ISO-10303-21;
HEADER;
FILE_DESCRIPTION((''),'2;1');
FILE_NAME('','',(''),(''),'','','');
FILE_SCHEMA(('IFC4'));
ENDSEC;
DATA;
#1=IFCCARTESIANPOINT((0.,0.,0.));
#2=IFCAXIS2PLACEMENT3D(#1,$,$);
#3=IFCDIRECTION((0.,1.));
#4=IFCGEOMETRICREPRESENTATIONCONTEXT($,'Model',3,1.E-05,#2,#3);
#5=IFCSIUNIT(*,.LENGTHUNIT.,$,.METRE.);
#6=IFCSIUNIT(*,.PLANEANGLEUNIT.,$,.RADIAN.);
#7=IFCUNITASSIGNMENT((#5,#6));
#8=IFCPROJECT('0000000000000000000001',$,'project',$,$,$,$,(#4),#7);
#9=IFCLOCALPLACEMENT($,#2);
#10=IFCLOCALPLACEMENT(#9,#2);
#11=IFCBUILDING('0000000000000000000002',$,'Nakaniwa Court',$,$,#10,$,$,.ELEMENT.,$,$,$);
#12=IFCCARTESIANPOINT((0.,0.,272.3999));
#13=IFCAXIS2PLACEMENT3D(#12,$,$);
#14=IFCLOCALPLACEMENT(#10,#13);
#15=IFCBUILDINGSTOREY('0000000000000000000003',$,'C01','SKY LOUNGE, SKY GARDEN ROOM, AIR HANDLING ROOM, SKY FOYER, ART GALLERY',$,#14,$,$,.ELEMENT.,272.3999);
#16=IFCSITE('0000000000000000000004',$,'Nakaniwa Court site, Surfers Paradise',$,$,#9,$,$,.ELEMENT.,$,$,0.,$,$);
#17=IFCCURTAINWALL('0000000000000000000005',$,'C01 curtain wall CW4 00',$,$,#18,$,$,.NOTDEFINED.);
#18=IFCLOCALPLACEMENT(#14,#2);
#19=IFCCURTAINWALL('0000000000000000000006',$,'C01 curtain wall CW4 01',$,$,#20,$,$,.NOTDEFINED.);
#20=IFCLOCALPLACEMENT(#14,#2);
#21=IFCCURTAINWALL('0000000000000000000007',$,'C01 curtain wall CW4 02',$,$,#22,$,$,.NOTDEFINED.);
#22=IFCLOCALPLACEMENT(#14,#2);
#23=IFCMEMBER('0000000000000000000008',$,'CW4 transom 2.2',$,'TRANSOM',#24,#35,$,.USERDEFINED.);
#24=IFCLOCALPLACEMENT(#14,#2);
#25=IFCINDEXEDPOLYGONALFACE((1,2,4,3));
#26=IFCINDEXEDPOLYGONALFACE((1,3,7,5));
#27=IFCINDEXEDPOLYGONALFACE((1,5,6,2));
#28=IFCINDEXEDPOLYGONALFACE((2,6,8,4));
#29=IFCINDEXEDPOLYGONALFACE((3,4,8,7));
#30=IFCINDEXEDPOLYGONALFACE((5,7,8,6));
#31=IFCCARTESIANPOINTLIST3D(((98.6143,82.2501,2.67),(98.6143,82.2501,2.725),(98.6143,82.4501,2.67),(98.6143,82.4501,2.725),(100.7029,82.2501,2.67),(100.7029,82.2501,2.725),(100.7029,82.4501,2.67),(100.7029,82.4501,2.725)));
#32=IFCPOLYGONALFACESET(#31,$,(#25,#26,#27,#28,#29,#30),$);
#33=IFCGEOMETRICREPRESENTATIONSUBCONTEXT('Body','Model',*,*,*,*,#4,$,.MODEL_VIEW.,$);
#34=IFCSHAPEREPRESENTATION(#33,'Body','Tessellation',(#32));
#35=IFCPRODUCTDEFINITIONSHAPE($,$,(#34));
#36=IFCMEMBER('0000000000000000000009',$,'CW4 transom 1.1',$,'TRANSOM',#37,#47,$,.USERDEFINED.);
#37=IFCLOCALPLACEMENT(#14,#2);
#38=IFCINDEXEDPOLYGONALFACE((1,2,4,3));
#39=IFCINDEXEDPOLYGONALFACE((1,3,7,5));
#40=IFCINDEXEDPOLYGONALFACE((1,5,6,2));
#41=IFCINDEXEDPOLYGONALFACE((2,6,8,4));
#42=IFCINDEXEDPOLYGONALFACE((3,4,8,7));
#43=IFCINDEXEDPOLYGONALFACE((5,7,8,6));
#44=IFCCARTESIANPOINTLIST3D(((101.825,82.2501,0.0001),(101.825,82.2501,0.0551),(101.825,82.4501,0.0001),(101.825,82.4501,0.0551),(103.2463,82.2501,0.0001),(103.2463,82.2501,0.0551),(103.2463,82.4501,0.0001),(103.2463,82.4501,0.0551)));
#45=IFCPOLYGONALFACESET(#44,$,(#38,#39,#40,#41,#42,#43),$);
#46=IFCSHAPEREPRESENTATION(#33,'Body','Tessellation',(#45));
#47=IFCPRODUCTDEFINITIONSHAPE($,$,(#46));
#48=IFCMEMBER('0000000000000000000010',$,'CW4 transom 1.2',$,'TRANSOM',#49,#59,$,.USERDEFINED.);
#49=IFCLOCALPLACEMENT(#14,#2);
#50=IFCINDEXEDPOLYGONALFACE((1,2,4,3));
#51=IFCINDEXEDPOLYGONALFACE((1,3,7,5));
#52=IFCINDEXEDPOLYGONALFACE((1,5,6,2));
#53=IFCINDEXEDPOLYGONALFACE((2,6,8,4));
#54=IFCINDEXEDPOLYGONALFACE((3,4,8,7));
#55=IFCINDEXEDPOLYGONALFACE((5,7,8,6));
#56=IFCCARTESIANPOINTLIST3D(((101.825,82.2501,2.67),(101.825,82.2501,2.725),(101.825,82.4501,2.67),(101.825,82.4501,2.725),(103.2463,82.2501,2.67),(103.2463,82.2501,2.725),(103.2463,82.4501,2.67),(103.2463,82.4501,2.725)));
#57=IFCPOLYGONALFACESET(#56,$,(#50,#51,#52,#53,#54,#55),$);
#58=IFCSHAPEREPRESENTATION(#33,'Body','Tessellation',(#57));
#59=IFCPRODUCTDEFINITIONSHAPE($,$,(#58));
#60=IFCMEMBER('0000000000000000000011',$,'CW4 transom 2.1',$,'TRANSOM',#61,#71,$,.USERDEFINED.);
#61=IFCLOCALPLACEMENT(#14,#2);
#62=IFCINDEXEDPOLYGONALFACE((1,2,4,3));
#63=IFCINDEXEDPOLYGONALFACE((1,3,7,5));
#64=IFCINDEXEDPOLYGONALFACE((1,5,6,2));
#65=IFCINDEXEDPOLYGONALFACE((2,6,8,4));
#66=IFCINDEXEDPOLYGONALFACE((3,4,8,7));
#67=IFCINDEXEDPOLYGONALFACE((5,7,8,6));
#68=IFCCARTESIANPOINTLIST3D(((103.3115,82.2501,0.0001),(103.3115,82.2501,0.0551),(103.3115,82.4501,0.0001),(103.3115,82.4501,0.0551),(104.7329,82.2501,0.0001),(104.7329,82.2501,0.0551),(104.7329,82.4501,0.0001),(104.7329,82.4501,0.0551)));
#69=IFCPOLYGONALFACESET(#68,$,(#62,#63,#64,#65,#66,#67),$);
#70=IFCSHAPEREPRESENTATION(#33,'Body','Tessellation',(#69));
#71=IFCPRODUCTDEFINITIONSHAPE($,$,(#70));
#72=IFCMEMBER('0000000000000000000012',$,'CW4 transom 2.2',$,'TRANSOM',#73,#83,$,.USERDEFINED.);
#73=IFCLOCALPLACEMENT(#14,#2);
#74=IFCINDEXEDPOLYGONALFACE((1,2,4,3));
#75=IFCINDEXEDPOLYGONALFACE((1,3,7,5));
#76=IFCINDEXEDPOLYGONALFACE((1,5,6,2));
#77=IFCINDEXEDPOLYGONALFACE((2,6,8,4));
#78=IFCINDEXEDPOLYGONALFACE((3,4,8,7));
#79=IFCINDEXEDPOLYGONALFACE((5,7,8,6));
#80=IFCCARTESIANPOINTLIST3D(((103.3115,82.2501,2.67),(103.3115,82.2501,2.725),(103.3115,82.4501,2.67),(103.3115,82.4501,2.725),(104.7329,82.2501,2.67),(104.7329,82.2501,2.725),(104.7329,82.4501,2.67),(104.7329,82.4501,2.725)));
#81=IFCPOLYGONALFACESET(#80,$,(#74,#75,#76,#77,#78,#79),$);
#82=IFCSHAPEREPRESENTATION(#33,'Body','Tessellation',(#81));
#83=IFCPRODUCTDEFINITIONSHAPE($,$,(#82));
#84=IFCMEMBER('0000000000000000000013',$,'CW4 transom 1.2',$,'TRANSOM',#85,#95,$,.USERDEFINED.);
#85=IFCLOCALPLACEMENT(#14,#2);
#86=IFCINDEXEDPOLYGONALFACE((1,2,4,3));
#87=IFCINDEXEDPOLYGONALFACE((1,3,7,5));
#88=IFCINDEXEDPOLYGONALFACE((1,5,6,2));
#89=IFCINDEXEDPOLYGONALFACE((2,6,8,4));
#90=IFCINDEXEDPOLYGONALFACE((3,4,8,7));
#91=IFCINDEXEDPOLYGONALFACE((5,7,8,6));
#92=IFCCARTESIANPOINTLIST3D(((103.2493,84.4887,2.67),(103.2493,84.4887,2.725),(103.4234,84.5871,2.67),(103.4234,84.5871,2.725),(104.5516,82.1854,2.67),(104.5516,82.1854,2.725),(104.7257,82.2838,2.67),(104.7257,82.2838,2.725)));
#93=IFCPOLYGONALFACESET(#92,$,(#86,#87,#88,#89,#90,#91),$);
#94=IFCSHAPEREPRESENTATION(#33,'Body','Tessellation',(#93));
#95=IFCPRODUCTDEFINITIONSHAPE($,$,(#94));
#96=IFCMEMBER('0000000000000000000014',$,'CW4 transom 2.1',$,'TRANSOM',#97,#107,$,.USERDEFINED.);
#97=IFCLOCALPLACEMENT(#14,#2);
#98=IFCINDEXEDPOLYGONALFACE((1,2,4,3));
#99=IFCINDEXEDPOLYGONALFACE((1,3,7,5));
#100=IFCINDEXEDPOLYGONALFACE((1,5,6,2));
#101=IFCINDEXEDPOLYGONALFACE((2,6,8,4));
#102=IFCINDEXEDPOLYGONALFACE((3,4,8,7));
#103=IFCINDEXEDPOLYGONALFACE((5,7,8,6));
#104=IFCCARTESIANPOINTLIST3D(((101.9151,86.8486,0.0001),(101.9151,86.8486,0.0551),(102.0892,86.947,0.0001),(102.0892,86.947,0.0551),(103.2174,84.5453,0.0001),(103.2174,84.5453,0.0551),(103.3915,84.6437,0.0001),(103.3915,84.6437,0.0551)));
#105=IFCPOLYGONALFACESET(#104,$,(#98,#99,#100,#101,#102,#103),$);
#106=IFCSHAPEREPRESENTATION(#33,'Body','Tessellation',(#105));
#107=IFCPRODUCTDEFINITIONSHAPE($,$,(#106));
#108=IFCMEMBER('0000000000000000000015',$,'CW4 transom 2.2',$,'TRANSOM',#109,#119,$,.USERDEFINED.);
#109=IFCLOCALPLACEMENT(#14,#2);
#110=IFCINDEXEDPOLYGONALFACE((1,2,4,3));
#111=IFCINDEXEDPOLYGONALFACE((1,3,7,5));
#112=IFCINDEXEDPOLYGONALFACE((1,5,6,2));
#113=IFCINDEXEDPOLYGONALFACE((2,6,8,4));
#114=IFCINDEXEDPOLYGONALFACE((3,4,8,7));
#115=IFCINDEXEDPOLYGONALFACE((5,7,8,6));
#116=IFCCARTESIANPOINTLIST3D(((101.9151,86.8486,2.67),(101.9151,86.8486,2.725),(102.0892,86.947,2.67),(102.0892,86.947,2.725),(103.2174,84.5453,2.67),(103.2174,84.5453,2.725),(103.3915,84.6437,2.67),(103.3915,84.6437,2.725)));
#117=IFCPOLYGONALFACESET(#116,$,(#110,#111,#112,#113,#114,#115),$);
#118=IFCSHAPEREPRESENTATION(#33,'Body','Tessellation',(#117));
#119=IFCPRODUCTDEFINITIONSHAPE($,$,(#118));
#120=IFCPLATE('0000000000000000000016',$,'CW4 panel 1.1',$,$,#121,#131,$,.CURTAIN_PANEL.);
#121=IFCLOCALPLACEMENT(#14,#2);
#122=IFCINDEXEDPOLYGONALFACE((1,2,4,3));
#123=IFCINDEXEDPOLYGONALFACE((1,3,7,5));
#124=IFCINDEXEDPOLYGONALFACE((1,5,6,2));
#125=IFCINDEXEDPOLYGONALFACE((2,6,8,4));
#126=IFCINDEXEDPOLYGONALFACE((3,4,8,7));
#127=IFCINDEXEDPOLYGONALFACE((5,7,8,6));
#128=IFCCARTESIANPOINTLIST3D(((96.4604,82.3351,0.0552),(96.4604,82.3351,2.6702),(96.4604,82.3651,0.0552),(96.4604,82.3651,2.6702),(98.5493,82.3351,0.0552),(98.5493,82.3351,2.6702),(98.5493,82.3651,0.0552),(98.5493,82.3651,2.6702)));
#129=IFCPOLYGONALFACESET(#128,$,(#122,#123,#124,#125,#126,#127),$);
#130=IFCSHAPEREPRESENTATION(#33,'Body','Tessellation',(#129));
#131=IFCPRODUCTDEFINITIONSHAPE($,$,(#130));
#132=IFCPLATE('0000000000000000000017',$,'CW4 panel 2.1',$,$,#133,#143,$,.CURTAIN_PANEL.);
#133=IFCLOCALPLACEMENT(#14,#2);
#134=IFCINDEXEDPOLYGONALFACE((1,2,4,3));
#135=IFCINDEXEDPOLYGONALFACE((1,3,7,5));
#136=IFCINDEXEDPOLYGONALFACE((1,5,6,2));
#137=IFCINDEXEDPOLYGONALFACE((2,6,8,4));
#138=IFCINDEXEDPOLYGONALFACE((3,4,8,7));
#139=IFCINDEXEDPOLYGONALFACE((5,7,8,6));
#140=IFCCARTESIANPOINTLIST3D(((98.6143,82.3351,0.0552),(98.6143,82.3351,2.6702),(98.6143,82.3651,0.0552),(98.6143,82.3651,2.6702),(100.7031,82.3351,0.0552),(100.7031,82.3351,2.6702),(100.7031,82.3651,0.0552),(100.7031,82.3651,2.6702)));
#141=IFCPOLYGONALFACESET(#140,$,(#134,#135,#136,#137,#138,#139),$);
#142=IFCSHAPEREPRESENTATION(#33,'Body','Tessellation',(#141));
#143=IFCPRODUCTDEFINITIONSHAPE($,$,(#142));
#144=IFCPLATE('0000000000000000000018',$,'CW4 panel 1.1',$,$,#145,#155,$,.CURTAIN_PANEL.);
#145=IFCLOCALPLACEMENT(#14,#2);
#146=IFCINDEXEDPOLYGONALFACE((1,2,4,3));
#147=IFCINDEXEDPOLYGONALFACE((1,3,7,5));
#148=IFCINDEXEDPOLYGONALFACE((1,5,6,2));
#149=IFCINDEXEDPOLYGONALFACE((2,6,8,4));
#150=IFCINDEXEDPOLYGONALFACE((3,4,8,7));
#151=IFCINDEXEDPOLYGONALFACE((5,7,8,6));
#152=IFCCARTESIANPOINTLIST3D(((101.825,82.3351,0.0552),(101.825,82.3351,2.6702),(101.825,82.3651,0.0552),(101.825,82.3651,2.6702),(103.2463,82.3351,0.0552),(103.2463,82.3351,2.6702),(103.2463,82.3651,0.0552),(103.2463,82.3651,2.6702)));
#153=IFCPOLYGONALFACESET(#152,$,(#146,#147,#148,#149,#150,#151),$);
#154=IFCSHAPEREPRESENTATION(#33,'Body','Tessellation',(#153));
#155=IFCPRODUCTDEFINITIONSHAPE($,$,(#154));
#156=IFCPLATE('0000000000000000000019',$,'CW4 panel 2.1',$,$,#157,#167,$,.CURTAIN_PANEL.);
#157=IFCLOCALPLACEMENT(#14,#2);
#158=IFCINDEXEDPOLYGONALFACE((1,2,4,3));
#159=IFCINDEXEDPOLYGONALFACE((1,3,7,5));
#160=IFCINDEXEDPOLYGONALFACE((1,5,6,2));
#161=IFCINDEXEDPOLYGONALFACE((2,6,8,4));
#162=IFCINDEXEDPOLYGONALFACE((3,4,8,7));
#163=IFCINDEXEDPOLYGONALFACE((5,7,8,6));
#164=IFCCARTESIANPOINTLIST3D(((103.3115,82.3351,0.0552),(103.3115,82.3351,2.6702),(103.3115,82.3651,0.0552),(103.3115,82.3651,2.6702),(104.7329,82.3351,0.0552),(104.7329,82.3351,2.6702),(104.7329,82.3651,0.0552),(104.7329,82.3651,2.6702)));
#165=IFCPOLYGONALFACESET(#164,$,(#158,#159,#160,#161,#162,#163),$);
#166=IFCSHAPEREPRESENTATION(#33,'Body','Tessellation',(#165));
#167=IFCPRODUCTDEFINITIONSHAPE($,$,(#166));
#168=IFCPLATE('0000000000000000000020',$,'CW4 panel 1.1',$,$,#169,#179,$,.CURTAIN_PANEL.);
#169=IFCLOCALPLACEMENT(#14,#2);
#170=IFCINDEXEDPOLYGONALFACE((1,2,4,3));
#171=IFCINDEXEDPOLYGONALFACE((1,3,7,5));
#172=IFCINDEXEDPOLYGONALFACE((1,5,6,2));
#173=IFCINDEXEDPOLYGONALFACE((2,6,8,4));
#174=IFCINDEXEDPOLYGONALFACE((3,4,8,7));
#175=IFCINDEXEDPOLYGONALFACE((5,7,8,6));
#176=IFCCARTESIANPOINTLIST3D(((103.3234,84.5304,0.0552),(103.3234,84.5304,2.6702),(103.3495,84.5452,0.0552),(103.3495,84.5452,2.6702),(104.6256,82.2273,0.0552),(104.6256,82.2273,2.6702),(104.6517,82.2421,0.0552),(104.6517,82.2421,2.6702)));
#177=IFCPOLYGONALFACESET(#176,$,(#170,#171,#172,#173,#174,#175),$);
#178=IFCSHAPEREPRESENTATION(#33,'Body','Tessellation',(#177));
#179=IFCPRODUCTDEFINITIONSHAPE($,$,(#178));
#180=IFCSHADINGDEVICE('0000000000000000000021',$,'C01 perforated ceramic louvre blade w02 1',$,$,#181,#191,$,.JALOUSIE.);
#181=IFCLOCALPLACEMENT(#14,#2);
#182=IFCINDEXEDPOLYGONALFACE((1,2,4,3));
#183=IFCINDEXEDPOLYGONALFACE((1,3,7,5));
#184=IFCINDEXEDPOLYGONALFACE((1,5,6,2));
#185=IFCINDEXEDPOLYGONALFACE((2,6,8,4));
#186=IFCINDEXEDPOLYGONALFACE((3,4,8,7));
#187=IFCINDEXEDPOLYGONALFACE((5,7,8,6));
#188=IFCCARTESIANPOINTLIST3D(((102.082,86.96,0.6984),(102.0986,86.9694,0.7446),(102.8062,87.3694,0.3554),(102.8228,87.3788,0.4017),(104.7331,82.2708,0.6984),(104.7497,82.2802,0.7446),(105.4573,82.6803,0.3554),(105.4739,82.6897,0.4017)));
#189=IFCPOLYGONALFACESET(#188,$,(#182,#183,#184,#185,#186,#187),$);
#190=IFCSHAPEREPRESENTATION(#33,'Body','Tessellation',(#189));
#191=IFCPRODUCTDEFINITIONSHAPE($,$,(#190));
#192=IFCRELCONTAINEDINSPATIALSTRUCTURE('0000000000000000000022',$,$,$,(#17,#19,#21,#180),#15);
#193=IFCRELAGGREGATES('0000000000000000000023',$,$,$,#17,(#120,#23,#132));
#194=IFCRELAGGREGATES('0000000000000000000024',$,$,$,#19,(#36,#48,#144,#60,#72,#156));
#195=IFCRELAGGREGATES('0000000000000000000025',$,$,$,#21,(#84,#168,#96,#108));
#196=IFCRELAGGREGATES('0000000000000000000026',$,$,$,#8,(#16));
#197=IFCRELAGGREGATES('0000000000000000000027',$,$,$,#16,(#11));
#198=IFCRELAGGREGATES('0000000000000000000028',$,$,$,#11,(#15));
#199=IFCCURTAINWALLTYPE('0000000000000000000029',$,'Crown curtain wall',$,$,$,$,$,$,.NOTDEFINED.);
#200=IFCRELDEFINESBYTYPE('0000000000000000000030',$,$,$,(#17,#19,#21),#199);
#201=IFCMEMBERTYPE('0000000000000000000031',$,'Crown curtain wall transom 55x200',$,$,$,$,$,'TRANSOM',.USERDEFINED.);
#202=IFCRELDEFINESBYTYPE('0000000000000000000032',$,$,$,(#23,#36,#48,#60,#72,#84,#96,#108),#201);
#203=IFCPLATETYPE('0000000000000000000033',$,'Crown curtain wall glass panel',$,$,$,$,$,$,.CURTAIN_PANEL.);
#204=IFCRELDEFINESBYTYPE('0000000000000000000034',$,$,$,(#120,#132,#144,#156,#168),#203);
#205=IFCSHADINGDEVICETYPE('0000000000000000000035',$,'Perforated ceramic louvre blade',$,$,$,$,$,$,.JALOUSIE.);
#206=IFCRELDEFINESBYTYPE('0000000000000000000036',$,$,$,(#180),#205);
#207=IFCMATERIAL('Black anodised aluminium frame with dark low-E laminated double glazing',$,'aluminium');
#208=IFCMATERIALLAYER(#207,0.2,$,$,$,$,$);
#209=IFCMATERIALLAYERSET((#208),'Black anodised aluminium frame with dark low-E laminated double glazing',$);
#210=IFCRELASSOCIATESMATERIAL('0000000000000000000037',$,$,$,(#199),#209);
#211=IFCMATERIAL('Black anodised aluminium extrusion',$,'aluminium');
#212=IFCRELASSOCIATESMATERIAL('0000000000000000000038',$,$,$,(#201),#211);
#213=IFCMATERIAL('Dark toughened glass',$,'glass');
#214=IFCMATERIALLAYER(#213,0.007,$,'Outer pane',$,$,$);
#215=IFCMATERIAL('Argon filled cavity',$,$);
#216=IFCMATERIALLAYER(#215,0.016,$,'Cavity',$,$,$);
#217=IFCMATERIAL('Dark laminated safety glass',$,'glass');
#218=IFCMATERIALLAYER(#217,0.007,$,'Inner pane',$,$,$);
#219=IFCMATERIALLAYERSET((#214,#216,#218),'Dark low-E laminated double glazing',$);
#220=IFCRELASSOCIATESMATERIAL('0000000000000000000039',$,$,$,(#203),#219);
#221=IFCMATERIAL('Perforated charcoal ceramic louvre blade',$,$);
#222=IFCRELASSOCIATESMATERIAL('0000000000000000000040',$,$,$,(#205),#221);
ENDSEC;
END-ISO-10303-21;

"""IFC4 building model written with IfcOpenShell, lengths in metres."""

from ifc_helpers import new_model, si_unit, direction, frame, origin, origin_2d, place, context, subcontext, project, spatial, rectangle, extrude, material, layer, layer_set, material_profile, profile_set, type_object, element, aggregate, save


model = new_model("IFC4")

# Units and contexts
model_context = context("Model", 3, precision=1e-05, world=origin(), true_north=direction((0.0, 1.0)))
body_context = subcontext(model_context, "Body", "Model", "MODEL_VIEW")
ifc_project = project(units=[si_unit("LENGTHUNIT", "METRE"), si_unit("PLANEANGLEUNIT", "RADIAN")], contexts=[model_context])

# Site, building, storey
site_placement = place(None, origin())
site = spatial("IfcSite", under=ifc_project, at=site_placement, Name="Nakaniwa Court site, Surfers Paradise", CompositionType="ELEMENT", RefElevation=0.0)
building_placement = place(site_placement, origin())
building = spatial("IfcBuilding", under=site, at=building_placement, Name="Nakaniwa Court", CompositionType="ELEMENT")
storey_placement = place(building_placement, frame((0.0, 0.0, 272.3999)))
storey = spatial("IfcBuildingStorey", under=building, at=storey_placement, Name="C01", Description="SKY LOUNGE, SKY GARDEN ROOM, AIR HANDLING ROOM, SKY FOYER, ART GALLERY", CompositionType="ELEMENT", Elevation=272.3999)

# Curtain walls
ifc_material_1 = material(Name="Black anodised aluminium frame with dark low-E laminated double glazing", Category="aluminium")
ifc_layer_1 = layer(ifc_material_1, 0.2)
ifc_layer_set_1 = layer_set([ifc_layer_1], Name="Black anodised aluminium frame with dark low-E laminated double glazing")
curtain_wall_type = type_object("IfcCurtainWallType", Name="Crown curtain wall", PredefinedType="NOTDEFINED", material=ifc_layer_set_1)
curtain_wall_1_placement = place(storey_placement, origin())
curtain_wall_1 = element("IfcCurtainWall", 1, at=curtain_wall_1_placement, inside=storey, type_object=curtain_wall_type, Name="C01 curtain wall CW4 00", PredefinedType="NOTDEFINED")
ifc_material_2 = material(Name="Black anodised aluminium extrusion", Category="aluminium")
curtain_wall_2_placement = place(storey_placement, origin())
curtain_wall_2 = element("IfcCurtainWall", 2, at=curtain_wall_2_placement, inside=storey, type_object=curtain_wall_type, Name="C01 curtain wall CW4 01", PredefinedType="NOTDEFINED")

# Curtain wall
curtain_wall_3_placement = place(storey_placement, origin())
curtain_wall_3 = element("IfcCurtainWall", 3, at=curtain_wall_3_placement, inside=storey, type_object=curtain_wall_type, Name="C01 curtain wall CW4 02", PredefinedType="NOTDEFINED")

# Members
ifc_material_profile_1 = material_profile(ifc_material_2, rectangle(XDim=0.2, YDim=0.0549, at=origin_2d()), Name="Crown curtain wall transom 55x200")
ifc_profile_set_1 = profile_set([ifc_material_profile_1], Name="Black anodised aluminium extrusion")
member_type_1 = type_object("IfcMemberType", Name="Crown curtain wall transom 55x200", ElementType="TRANSOM", PredefinedType="USERDEFINED", material=ifc_profile_set_1)
member_1_placement = place(storey_placement, frame((98.6143, 82.3501, 2.6975), z_axis=(1.0, 0.0, 0.0), x_axis=(0.0, 1.0, 0.0)))
member_1 = element("IfcMember", 4, at=member_1_placement, type_object=member_type_1, Name="CW4 transom 2.2", ObjectType="TRANSOM", PredefinedType="USERDEFINED", context=body_context, shape_type="SweptSolid", body=[
    extrude(rectangle(XDim=0.2, YDim=0.0549, at=origin_2d()), origin(), (0.0, 0.0, 1.0), 2.0886),
])
member_2_placement = place(storey_placement, frame((101.825, 82.3501, 0.0276), z_axis=(1.0, 0.0, 0.0), x_axis=(0.0, 1.0, 0.0)))
member_2 = element("IfcMember", 5, at=member_2_placement, type_object=member_type_1, Name="CW4 transom 1.1", ObjectType="TRANSOM", PredefinedType="USERDEFINED", context=body_context, shape_type="SweptSolid", body=[
    extrude(rectangle(XDim=0.2, YDim=0.0549, at=origin_2d()), origin(), (0.0, 0.0, 1.0), 1.4214),
])
member_3_placement = place(storey_placement, frame((101.825, 82.3501, 2.6975), z_axis=(1.0, 0.0, 0.0), x_axis=(0.0, 1.0, 0.0)))
member_3 = element("IfcMember", 6, at=member_3_placement, type_object=member_type_1, Name="CW4 transom 1.2", ObjectType="TRANSOM", PredefinedType="USERDEFINED", context=body_context, shape_type="SweptSolid", body=[
    extrude(rectangle(XDim=0.2, YDim=0.0549, at=origin_2d()), origin(), (0.0, 0.0, 1.0), 1.4214),
])
member_4_placement = place(storey_placement, frame((103.3115, 82.3501, 0.0276), z_axis=(1.0, 0.0, 0.0), x_axis=(0.0, 1.0, 0.0)))
member_4 = element("IfcMember", 7, at=member_4_placement, type_object=member_type_1, Name="CW4 transom 2.1", ObjectType="TRANSOM", PredefinedType="USERDEFINED", context=body_context, shape_type="SweptSolid", body=[
    extrude(rectangle(XDim=0.2, YDim=0.0549, at=origin_2d()), origin(), (0.0, 0.0, 1.0), 1.4214),
])
member_5_placement = place(storey_placement, frame((103.3115, 82.3501, 2.6975), z_axis=(1.0, 0.0, 0.0), x_axis=(0.0, 1.0, 0.0)))
member_5 = element("IfcMember", 8, at=member_5_placement, type_object=member_type_1, Name="CW4 transom 2.2", ObjectType="TRANSOM", PredefinedType="USERDEFINED", context=body_context, shape_type="SweptSolid", body=[
    extrude(rectangle(XDim=0.2, YDim=0.0549, at=origin_2d()), origin(), (0.0, 0.0, 1.0), 1.4214),
])
member_6_placement = place(storey_placement, frame((104.6387, 82.2346, 2.6975), z_axis=(-0.492179, 0.870494, 0.0), x_axis=(-0.870494, -0.492179, 0.0)))
member_6 = element("IfcMember", 9, at=member_6_placement, type_object=member_type_1, Name="CW4 transom 1.2", ObjectType="TRANSOM", PredefinedType="USERDEFINED", context=body_context, shape_type="SweptSolid", body=[
    extrude(rectangle(XDim=0.2, YDim=0.0549, at=origin_2d()), origin(), (0.0, 0.0, 1.0), 2.646),
])
member_7_placement = place(storey_placement, frame((103.3044, 84.5945, 0.0276), z_axis=(-0.492179, 0.870494, 0.0), x_axis=(-0.870494, -0.492179, 0.0)))
member_7 = element("IfcMember", 10, at=member_7_placement, type_object=member_type_1, Name="CW4 transom 2.1", ObjectType="TRANSOM", PredefinedType="USERDEFINED", context=body_context, shape_type="SweptSolid", body=[
    extrude(rectangle(XDim=0.2, YDim=0.0549, at=origin_2d()), origin(), (0.0, 0.0, 1.0), 2.646),
])
member_8_placement = place(storey_placement, frame((103.3044, 84.5945, 2.6975), z_axis=(-0.492179, 0.870494, 0.0), x_axis=(-0.870494, -0.492179, 0.0)))
member_8 = element("IfcMember", 11, at=member_8_placement, type_object=member_type_1, Name="CW4 transom 2.2", ObjectType="TRANSOM", PredefinedType="USERDEFINED", context=body_context, shape_type="SweptSolid", body=[
    extrude(rectangle(XDim=0.2, YDim=0.0549, at=origin_2d()), origin(), (0.0, 0.0, 1.0), 2.646),
])

# Plates
ifc_material_3 = material(Name="Dark toughened glass", Category="glass")
ifc_layer_2 = layer(ifc_material_3, 0.007, Name="Outer pane")
ifc_material_4 = material(Name="Argon filled cavity")
ifc_layer_3 = layer(ifc_material_4, 0.016, Name="Cavity")
ifc_material_5 = material(Name="Dark laminated safety glass", Category="glass")
ifc_layer_4 = layer(ifc_material_5, 0.007, Name="Inner pane")
ifc_layer_set_2 = layer_set([ifc_layer_2, ifc_layer_3, ifc_layer_4], Name="Dark low-E laminated double glazing")
plate_type = type_object("IfcPlateType", Name="Crown curtain wall glass panel", PredefinedType="CURTAIN_PANEL", material=ifc_layer_set_2)
plate_1_placement = place(storey_placement, frame((97.5049, 82.3501, 0.0552), z_axis=(0.0, 0.0, 1.0), x_axis=(1.0, 0.0, 0.0)))
plate_1 = element("IfcPlate", 12, at=plate_1_placement, type_object=plate_type, Name="CW4 panel 1.1", PredefinedType="CURTAIN_PANEL", context=body_context, shape_type="SweptSolid", body=[
    extrude(rectangle(XDim=2.0889, YDim=0.03, at=origin_2d()), origin(), (0.0, 0.0, 1.0), 2.615),
])
plate_2_placement = place(storey_placement, frame((99.6587, 82.3501, 0.0552), z_axis=(0.0, 0.0, 1.0), x_axis=(1.0, 0.0, 0.0)))
plate_2 = element("IfcPlate", 13, at=plate_2_placement, type_object=plate_type, Name="CW4 panel 2.1", PredefinedType="CURTAIN_PANEL", context=body_context, shape_type="SweptSolid", body=[
    extrude(rectangle(XDim=2.0889, YDim=0.03, at=origin_2d()), origin(), (0.0, 0.0, 1.0), 2.615),
])
aggregate(curtain_wall_1, [plate_1, member_1, plate_2])
plate_3_placement = place(storey_placement, frame((102.5356, 82.3501, 0.0552), z_axis=(0.0, 0.0, 1.0), x_axis=(1.0, 0.0, 0.0)))
plate_3 = element("IfcPlate", 14, at=plate_3_placement, type_object=plate_type, Name="CW4 panel 1.1", PredefinedType="CURTAIN_PANEL", context=body_context, shape_type="SweptSolid", body=[
    extrude(rectangle(XDim=1.4214, YDim=0.03, at=origin_2d()), origin(), (0.0, 0.0, 1.0), 2.615),
])
plate_4_placement = place(storey_placement, frame((104.0222, 82.3501, 0.0552), z_axis=(0.0, 0.0, 1.0), x_axis=(1.0, 0.0, 0.0)))
plate_4 = element("IfcPlate", 15, at=plate_4_placement, type_object=plate_type, Name="CW4 panel 2.1", PredefinedType="CURTAIN_PANEL", context=body_context, shape_type="SweptSolid", body=[
    extrude(rectangle(XDim=1.4214, YDim=0.03, at=origin_2d()), origin(), (0.0, 0.0, 1.0), 2.615),
])
aggregate(curtain_wall_2, [member_2, member_3, plate_3, member_4, member_5, plate_4])
plate_5_placement = place(storey_placement, frame((103.9875, 83.3862, 0.0552), z_axis=(0.0, 0.0, 1.0), x_axis=(-0.492177, 0.870495, 0.0)))
plate_5 = element("IfcPlate", 16, at=plate_5_placement, type_object=plate_type, Name="CW4 panel 1.1", PredefinedType="CURTAIN_PANEL", context=body_context, shape_type="SweptSolid", body=[
    extrude(rectangle(XDim=2.6458, YDim=0.03, at=origin_2d()), origin(), (0.0, 0.0, 1.0), 2.615),
])
aggregate(curtain_wall_3, [member_6, plate_5, member_7, member_8])

# Shading device
ifc_material_6 = material(Name="Perforated charcoal ceramic louvre blade")
ifc_material_profile_2 = material_profile(ifc_material_6, rectangle(XDim=0.8999, YDim=0.05, at=origin_2d()), Name="Perforated ceramic louvre blade")
ifc_profile_set_2 = profile_set([ifc_material_profile_2], Name="Perforated charcoal ceramic louvre blade")
shading_device_type = type_object("IfcShadingDeviceType", Name="Perforated ceramic louvre blade", PredefinedType="JALOUSIE", material=ifc_profile_set_2)
for number, where, z_axis, x_axis, name in (
    (17, (105.1035, 82.4802, 0.55), (-0.492156, 0.870507, 0.0), (-0.804824, -0.455021, 0.38107), "C01 perforated ceramic louvre blade w02 1"),
):
    element("IfcShadingDevice", number, at=place(storey_placement, frame(where, z_axis=z_axis, x_axis=x_axis)), inside=storey, type_object=shading_device_type, Name=name, PredefinedType="JALOUSIE", context=body_context, shape_type="SweptSolid", body=[
        extrude(rectangle(XDim=0.8999, YDim=0.05, at=origin_2d()), origin(), (0.0, 0.0, 1.0), 5.3867),
    ])

save(model, "model.ifc")
